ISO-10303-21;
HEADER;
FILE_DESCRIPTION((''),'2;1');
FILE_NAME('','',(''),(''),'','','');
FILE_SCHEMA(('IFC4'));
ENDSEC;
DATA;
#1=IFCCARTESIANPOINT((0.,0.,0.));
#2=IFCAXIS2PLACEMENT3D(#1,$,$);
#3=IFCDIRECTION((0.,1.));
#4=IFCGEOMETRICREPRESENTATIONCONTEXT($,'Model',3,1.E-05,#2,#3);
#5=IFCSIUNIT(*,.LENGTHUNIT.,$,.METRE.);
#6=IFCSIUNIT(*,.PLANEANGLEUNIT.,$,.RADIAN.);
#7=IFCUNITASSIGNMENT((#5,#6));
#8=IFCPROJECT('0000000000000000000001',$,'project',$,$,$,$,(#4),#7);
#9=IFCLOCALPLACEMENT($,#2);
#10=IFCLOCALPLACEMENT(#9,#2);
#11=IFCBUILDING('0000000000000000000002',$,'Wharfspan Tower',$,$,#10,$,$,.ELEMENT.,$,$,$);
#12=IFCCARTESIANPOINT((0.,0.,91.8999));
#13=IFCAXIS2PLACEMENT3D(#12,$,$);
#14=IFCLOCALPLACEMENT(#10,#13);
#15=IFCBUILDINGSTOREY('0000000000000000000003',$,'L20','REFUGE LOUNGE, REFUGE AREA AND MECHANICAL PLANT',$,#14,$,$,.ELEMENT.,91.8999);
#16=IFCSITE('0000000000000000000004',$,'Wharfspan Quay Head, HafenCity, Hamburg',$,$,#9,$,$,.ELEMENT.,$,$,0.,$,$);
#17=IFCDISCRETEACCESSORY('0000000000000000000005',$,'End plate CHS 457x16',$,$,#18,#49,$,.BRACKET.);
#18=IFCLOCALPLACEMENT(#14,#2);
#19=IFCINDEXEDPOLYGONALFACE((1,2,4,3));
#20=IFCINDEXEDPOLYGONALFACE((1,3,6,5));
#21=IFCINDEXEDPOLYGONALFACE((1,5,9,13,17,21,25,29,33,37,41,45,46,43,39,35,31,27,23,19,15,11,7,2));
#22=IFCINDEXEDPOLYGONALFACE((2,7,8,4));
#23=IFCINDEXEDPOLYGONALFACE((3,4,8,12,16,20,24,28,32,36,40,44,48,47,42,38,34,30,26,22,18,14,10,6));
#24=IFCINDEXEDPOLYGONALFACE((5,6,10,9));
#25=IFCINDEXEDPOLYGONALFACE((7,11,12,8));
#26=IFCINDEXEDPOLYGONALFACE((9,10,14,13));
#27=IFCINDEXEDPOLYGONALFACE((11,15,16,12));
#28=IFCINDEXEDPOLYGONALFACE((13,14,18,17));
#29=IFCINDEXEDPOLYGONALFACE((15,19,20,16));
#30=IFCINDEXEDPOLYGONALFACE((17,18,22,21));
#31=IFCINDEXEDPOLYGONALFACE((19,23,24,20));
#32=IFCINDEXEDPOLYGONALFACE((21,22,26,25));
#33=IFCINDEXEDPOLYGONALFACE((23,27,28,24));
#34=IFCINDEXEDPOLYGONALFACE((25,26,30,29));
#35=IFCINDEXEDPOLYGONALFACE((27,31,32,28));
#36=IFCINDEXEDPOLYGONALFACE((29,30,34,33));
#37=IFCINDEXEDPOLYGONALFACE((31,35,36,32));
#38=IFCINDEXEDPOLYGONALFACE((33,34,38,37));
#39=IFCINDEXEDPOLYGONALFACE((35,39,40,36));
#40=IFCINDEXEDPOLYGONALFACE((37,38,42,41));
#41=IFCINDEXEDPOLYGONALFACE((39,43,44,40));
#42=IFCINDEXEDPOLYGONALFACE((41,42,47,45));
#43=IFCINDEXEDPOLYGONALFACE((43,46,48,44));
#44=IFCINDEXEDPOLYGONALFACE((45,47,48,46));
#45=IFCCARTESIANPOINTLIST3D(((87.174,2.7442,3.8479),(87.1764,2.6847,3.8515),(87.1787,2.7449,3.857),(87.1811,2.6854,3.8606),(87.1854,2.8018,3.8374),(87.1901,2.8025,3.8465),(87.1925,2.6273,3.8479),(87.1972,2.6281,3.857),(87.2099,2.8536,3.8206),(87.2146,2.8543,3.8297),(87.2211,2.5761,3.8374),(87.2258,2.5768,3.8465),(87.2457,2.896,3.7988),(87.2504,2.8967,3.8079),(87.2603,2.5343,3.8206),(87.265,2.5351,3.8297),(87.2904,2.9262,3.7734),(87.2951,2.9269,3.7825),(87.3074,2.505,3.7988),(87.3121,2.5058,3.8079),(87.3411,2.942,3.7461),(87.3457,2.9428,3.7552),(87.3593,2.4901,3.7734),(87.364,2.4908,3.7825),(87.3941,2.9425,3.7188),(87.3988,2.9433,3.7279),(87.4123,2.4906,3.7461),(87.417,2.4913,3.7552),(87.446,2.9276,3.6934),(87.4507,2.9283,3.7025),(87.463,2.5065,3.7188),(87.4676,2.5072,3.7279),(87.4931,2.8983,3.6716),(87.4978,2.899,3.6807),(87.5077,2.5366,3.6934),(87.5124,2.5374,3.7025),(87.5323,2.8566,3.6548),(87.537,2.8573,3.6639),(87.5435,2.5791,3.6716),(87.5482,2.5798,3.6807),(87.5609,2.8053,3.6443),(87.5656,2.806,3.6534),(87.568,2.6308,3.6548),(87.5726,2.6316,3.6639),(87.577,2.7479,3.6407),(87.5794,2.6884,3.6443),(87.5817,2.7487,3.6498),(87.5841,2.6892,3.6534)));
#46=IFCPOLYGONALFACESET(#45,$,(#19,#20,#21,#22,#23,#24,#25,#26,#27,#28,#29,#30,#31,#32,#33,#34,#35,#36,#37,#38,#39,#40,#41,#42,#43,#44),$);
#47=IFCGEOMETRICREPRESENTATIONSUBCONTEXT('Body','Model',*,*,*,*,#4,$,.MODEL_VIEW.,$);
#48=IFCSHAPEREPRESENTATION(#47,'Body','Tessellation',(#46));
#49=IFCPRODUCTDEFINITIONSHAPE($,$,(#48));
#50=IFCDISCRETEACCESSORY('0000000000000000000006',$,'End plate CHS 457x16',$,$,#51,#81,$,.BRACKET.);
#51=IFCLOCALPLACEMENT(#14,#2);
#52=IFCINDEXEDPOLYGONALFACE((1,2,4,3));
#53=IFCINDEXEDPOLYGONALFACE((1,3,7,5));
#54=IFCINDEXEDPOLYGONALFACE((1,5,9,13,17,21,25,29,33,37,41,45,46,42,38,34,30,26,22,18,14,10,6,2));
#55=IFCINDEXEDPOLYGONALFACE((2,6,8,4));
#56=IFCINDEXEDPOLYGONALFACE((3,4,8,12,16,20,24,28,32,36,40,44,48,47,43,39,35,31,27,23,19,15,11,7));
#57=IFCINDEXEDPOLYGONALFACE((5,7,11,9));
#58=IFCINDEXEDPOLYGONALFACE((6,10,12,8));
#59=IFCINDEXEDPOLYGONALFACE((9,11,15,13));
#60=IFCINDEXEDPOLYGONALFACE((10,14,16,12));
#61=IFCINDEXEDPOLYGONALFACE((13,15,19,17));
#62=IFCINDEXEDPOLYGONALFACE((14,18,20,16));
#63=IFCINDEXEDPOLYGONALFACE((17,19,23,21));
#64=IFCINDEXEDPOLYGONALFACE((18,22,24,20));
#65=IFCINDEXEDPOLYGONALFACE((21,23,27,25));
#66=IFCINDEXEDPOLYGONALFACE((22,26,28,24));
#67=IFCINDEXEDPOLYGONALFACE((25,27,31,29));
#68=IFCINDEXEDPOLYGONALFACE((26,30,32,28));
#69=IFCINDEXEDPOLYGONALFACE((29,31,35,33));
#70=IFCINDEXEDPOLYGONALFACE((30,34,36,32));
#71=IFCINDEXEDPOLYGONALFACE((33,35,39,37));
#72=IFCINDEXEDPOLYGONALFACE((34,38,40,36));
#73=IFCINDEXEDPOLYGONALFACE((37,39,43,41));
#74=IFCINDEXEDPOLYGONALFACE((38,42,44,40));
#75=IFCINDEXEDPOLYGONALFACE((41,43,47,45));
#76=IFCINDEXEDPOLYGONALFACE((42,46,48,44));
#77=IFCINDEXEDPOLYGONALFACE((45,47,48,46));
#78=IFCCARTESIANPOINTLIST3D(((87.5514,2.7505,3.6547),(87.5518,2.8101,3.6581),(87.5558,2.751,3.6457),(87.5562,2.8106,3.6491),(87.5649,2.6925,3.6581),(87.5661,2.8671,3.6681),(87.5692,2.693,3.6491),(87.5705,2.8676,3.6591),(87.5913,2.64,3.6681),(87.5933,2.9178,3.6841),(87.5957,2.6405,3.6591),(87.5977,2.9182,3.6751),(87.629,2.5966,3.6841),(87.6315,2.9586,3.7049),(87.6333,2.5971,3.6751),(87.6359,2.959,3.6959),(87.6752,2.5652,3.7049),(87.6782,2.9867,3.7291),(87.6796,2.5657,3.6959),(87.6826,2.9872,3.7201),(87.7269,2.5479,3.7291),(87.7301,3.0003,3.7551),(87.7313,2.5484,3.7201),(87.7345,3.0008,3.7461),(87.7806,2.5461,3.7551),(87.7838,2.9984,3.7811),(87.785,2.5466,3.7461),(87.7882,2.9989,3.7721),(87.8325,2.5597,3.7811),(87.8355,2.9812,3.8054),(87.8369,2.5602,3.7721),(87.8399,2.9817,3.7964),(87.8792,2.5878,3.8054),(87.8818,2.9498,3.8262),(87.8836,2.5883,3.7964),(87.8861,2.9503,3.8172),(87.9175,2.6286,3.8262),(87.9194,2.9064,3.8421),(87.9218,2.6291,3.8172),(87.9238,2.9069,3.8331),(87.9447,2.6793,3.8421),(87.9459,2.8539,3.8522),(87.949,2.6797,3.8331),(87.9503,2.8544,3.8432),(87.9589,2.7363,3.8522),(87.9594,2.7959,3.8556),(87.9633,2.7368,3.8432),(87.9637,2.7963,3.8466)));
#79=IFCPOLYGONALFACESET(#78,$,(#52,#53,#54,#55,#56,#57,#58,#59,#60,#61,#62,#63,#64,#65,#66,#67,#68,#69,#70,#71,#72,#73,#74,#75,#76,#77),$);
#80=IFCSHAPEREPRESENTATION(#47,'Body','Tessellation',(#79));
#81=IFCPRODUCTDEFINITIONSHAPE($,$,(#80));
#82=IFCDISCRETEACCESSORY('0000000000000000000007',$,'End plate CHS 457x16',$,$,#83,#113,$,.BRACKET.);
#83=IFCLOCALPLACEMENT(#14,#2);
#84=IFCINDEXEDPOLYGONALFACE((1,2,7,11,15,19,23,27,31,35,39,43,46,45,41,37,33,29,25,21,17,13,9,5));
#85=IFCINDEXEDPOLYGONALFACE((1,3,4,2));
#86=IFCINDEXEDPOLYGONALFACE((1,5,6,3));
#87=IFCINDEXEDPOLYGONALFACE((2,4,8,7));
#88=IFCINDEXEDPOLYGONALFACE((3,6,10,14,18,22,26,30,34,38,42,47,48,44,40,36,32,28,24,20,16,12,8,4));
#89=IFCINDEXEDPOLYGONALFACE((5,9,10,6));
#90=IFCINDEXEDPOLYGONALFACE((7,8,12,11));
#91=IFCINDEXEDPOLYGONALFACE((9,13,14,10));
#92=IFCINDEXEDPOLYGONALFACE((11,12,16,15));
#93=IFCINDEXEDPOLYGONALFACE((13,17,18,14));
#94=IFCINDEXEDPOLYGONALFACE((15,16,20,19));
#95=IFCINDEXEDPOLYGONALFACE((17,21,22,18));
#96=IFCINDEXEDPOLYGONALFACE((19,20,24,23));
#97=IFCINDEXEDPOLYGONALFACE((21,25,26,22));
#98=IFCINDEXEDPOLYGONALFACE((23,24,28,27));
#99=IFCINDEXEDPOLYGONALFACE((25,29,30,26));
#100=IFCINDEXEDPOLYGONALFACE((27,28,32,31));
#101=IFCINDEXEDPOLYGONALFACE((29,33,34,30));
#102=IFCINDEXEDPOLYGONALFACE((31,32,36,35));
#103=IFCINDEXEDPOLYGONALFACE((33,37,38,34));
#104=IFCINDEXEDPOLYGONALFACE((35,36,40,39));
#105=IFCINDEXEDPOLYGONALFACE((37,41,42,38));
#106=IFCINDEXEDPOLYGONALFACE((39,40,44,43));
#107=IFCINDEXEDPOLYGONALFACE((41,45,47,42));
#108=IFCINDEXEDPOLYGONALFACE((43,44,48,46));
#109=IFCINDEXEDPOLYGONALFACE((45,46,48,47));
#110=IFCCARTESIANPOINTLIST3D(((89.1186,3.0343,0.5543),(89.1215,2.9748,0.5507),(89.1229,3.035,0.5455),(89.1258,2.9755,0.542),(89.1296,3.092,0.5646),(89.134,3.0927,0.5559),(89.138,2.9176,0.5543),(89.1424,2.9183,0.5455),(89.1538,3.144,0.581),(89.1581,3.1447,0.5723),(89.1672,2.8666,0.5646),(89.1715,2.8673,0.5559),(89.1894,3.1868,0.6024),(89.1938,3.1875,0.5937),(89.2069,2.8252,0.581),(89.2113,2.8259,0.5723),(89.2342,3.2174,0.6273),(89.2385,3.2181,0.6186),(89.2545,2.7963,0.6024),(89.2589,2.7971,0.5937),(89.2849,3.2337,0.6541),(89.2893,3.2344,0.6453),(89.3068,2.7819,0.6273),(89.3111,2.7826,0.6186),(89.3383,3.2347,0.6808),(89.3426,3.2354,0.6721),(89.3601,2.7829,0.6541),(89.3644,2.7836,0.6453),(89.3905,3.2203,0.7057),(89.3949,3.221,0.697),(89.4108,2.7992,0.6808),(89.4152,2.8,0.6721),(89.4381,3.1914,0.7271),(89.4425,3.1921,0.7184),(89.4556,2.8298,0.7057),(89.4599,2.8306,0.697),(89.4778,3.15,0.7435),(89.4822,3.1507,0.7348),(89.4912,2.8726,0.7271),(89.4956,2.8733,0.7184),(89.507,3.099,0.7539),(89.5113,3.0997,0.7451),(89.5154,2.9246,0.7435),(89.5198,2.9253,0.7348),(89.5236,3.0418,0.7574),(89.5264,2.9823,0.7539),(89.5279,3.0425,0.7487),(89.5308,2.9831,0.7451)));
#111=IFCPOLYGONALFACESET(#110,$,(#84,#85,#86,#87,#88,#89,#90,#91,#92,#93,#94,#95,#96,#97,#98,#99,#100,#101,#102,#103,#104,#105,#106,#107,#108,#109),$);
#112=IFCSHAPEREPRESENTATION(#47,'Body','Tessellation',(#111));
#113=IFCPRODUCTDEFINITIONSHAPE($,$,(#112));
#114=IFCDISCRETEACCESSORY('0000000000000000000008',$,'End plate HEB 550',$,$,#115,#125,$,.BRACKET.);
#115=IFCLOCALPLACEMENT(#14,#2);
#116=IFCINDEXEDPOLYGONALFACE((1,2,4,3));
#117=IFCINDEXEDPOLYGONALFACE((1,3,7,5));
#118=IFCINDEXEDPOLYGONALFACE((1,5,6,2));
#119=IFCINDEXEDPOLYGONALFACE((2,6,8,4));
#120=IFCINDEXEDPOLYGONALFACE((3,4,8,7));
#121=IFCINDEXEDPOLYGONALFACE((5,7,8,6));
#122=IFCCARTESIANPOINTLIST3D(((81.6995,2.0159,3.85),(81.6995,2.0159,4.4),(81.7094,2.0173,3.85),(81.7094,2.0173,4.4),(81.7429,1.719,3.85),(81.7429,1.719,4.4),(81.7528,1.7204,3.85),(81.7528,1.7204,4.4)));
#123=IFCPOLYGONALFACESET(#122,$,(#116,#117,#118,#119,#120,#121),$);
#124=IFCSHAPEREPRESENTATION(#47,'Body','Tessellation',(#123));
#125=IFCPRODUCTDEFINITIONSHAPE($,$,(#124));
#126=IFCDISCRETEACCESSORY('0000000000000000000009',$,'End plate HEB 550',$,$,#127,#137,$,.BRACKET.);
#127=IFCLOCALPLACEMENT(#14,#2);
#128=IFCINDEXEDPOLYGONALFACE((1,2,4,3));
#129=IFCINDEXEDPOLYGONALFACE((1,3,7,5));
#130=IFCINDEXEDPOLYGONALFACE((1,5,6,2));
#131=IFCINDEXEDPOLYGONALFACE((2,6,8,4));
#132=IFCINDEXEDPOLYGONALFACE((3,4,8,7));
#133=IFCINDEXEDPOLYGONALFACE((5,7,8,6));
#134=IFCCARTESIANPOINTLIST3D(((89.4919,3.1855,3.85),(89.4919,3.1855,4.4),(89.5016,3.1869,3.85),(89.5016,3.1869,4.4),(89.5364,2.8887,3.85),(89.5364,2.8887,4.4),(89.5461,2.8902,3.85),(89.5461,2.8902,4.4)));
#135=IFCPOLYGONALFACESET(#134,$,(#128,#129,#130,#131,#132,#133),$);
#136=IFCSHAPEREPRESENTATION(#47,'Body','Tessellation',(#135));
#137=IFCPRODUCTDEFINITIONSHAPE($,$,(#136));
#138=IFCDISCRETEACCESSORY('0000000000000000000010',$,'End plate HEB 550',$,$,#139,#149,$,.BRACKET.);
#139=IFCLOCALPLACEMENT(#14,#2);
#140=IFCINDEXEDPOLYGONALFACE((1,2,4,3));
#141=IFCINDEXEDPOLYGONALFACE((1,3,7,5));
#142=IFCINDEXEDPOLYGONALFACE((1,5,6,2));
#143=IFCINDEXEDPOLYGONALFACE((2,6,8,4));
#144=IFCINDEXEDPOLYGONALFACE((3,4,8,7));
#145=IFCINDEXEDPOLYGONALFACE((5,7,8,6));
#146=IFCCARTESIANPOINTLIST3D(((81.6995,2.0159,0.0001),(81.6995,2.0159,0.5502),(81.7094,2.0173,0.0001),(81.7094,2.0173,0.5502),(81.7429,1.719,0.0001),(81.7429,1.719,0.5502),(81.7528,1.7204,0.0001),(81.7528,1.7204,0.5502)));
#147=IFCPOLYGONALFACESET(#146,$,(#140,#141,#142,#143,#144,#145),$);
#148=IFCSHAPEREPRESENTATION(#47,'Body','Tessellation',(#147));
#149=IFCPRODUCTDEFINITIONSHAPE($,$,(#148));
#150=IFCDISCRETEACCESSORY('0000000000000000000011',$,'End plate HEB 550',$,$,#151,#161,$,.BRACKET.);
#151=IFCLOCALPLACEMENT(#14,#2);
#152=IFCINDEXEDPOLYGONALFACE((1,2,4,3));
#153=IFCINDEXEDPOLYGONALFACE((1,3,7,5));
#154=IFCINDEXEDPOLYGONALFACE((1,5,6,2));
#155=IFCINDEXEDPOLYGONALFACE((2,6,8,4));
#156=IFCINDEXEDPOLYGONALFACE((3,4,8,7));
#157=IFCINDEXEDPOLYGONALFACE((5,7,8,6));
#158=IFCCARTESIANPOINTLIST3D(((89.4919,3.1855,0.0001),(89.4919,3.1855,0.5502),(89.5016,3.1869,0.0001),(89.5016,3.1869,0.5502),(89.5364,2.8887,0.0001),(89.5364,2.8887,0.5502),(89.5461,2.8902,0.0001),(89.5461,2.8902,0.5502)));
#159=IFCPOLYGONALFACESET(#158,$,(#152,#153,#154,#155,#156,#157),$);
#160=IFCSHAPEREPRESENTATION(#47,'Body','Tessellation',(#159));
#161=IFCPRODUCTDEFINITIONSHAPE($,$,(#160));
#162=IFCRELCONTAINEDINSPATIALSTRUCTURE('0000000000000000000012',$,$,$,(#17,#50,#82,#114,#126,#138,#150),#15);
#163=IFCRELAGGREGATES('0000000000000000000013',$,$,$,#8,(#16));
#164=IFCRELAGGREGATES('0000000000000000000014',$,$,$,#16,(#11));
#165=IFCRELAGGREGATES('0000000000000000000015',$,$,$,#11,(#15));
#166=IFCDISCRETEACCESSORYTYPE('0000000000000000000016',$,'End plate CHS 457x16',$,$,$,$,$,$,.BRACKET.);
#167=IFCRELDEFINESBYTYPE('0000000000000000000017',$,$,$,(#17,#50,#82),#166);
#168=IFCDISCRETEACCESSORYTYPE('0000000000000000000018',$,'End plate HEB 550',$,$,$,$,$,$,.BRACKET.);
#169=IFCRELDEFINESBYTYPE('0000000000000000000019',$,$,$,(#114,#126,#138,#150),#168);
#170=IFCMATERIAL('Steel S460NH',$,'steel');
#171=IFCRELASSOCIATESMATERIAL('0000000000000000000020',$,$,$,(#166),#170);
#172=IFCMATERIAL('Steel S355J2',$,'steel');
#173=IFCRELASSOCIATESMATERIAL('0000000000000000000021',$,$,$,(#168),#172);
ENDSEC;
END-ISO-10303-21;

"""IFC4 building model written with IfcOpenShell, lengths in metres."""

from ifc_helpers import new_model, si_unit, direction, frame, origin, origin_2d, place, context, subcontext, project, spatial, rectangle, circle, extrude, material, material_profile, profile_set, type_object, element, save


model = new_model("IFC4")

# Units and contexts
model_context = context("Model", 3, precision=1e-05, world=origin(), true_north=direction((0.0, 1.0)))
body_context = subcontext(model_context, "Body", "Model", "MODEL_VIEW")
ifc_project = project(units=[si_unit("LENGTHUNIT", "METRE"), si_unit("PLANEANGLEUNIT", "RADIAN")], contexts=[model_context])

# Site, building, storey
site_placement = place(None, origin())
site = spatial("IfcSite", under=ifc_project, at=site_placement, Name="Wharfspan Quay Head, HafenCity, Hamburg", CompositionType="ELEMENT", RefElevation=0.0)
building_placement = place(site_placement, origin())
building = spatial("IfcBuilding", under=site, at=building_placement, Name="Wharfspan Tower", CompositionType="ELEMENT")
storey_placement = place(building_placement, frame((0.0, 0.0, 91.8999)))
storey = spatial("IfcBuildingStorey", under=building, at=storey_placement, Name="L20", Description="REFUGE LOUNGE, REFUGE AREA AND MECHANICAL PLANT", CompositionType="ELEMENT", Elevation=91.8999)

# Shared definitions
ifc_material_1 = material(Name="Steel S355J2", Category="steel")

# Shared definitions
ifc_material_2 = material(Name="Steel S460NH", Category="steel")

# Discrete accessories
ifc_material_profile_1 = material_profile(ifc_material_2, circle(Radius=0.2285, at=origin_2d()))
ifc_profile_set_1 = profile_set([ifc_material_profile_1], Name="Steel S460NH")
discrete_accessory_type_1 = type_object("IfcDiscreteAccessoryType", Name="End plate CHS 457x16", PredefinedType="BRACKET", material=ifc_profile_set_1)
discrete_accessory_1_placement = place(storey_placement, frame((87.3767, 2.7163, 3.7461), z_axis=(0.455621, 0.07194, 0.887262), x_axis=(-0.155964, 0.987762, 0.000001)))
element("IfcDiscreteAccessory", 1, at=discrete_accessory_1_placement, inside=storey, type_object=discrete_accessory_type_1, Name="End plate CHS 457x16", PredefinedType="BRACKET", context=body_context, shape_type="SweptSolid", body=[
    extrude(circle(Radius=0.2285, at=origin_2d()), origin(), (0.0, 0.0, 1.0), 0.0103),
])
discrete_accessory_2_placement = place(storey_placement, frame((87.7554, 2.7732, 3.7551), z_axis=(0.43695, 0.04855, -0.898175), x_axis=(-0.110432, 0.993888, 0.0)))
element("IfcDiscreteAccessory", 2, at=discrete_accessory_2_placement, inside=storey, type_object=discrete_accessory_type_1, Name="End plate CHS 457x16", PredefinedType="BRACKET", context=body_context, shape_type="SweptSolid", body=[
    extrude(circle(Radius=0.2285, at=origin_2d()), origin(), (0.0, 0.0, 1.0), 0.01),
])
discrete_accessory_3_placement = place(storey_placement, frame((89.3225, 3.0083, 0.6541), z_axis=(0.445976, 0.074329, -0.891953), x_axis=(-0.164398, 0.986392, 0.0)))
element("IfcDiscreteAccessory", 3, at=discrete_accessory_3_placement, inside=storey, type_object=discrete_accessory_type_1, Name="End plate CHS 457x16", PredefinedType="BRACKET", context=body_context, shape_type="SweptSolid", body=[
    extrude(circle(Radius=0.2285, at=origin_2d()), origin(), (0.0, 0.0, 1.0), 0.0098),
])
ifc_material_profile_2 = material_profile(ifc_material_1, rectangle(XDim=0.3, YDim=0.55, at=origin_2d()))
ifc_profile_set_2 = profile_set([ifc_material_profile_2], Name="Steel S355J2")
discrete_accessory_type_2 = type_object("IfcDiscreteAccessoryType", Name="End plate HEB 550", PredefinedType="BRACKET", material=ifc_profile_set_2)
discrete_accessory_4_placement = place(storey_placement, frame((81.7212, 1.8674, 4.125), z_axis=(0.989461, 0.144799, 0.0), x_axis=(-0.144799, 0.989461, 0.0)))
element("IfcDiscreteAccessory", 4, at=discrete_accessory_4_placement, inside=storey, type_object=discrete_accessory_type_2, Name="End plate HEB 550", PredefinedType="BRACKET", context=body_context, shape_type="SweptSolid", body=[
    extrude(rectangle(XDim=0.3, YDim=0.55, at=origin_2d()), origin(), (0.0, 0.0, 1.0), 0.01),
])
discrete_accessory_5_placement = place(storey_placement, frame((89.5142, 3.0371, 4.125), z_axis=(0.988936, 0.14834, 0.0), x_axis=(-0.14834, 0.988936, 0.0)))
element("IfcDiscreteAccessory", 5, at=discrete_accessory_5_placement, inside=storey, type_object=discrete_accessory_type_2, Name="End plate HEB 550", PredefinedType="BRACKET", context=body_context, shape_type="SweptSolid", body=[
    extrude(rectangle(XDim=0.3, YDim=0.55, at=origin_2d()), origin(), (0.0, 0.0, 1.0), 0.0098),
])
discrete_accessory_6_placement = place(storey_placement, frame((81.7212, 1.8674, 0.2751), z_axis=(0.989461, 0.144799, 0.0), x_axis=(-0.144799, 0.989461, 0.0)))
element("IfcDiscreteAccessory", 6, at=discrete_accessory_6_placement, inside=storey, type_object=discrete_accessory_type_2, Name="End plate HEB 550", PredefinedType="BRACKET", context=body_context, shape_type="SweptSolid", body=[
    extrude(rectangle(XDim=0.3, YDim=0.55, at=origin_2d()), origin(), (0.0, 0.0, 1.0), 0.01),
])
discrete_accessory_7_placement = place(storey_placement, frame((89.5142, 3.0371, 0.2751), z_axis=(0.988936, 0.14834, 0.0), x_axis=(-0.14834, 0.988936, 0.0)))
element("IfcDiscreteAccessory", 7, at=discrete_accessory_7_placement, inside=storey, type_object=discrete_accessory_type_2, Name="End plate HEB 550", PredefinedType="BRACKET", context=body_context, shape_type="SweptSolid", body=[
    extrude(rectangle(XDim=0.3, YDim=0.55, at=origin_2d()), origin(), (0.0, 0.0, 1.0), 0.0098),
])

save(model, "model.ifc")
